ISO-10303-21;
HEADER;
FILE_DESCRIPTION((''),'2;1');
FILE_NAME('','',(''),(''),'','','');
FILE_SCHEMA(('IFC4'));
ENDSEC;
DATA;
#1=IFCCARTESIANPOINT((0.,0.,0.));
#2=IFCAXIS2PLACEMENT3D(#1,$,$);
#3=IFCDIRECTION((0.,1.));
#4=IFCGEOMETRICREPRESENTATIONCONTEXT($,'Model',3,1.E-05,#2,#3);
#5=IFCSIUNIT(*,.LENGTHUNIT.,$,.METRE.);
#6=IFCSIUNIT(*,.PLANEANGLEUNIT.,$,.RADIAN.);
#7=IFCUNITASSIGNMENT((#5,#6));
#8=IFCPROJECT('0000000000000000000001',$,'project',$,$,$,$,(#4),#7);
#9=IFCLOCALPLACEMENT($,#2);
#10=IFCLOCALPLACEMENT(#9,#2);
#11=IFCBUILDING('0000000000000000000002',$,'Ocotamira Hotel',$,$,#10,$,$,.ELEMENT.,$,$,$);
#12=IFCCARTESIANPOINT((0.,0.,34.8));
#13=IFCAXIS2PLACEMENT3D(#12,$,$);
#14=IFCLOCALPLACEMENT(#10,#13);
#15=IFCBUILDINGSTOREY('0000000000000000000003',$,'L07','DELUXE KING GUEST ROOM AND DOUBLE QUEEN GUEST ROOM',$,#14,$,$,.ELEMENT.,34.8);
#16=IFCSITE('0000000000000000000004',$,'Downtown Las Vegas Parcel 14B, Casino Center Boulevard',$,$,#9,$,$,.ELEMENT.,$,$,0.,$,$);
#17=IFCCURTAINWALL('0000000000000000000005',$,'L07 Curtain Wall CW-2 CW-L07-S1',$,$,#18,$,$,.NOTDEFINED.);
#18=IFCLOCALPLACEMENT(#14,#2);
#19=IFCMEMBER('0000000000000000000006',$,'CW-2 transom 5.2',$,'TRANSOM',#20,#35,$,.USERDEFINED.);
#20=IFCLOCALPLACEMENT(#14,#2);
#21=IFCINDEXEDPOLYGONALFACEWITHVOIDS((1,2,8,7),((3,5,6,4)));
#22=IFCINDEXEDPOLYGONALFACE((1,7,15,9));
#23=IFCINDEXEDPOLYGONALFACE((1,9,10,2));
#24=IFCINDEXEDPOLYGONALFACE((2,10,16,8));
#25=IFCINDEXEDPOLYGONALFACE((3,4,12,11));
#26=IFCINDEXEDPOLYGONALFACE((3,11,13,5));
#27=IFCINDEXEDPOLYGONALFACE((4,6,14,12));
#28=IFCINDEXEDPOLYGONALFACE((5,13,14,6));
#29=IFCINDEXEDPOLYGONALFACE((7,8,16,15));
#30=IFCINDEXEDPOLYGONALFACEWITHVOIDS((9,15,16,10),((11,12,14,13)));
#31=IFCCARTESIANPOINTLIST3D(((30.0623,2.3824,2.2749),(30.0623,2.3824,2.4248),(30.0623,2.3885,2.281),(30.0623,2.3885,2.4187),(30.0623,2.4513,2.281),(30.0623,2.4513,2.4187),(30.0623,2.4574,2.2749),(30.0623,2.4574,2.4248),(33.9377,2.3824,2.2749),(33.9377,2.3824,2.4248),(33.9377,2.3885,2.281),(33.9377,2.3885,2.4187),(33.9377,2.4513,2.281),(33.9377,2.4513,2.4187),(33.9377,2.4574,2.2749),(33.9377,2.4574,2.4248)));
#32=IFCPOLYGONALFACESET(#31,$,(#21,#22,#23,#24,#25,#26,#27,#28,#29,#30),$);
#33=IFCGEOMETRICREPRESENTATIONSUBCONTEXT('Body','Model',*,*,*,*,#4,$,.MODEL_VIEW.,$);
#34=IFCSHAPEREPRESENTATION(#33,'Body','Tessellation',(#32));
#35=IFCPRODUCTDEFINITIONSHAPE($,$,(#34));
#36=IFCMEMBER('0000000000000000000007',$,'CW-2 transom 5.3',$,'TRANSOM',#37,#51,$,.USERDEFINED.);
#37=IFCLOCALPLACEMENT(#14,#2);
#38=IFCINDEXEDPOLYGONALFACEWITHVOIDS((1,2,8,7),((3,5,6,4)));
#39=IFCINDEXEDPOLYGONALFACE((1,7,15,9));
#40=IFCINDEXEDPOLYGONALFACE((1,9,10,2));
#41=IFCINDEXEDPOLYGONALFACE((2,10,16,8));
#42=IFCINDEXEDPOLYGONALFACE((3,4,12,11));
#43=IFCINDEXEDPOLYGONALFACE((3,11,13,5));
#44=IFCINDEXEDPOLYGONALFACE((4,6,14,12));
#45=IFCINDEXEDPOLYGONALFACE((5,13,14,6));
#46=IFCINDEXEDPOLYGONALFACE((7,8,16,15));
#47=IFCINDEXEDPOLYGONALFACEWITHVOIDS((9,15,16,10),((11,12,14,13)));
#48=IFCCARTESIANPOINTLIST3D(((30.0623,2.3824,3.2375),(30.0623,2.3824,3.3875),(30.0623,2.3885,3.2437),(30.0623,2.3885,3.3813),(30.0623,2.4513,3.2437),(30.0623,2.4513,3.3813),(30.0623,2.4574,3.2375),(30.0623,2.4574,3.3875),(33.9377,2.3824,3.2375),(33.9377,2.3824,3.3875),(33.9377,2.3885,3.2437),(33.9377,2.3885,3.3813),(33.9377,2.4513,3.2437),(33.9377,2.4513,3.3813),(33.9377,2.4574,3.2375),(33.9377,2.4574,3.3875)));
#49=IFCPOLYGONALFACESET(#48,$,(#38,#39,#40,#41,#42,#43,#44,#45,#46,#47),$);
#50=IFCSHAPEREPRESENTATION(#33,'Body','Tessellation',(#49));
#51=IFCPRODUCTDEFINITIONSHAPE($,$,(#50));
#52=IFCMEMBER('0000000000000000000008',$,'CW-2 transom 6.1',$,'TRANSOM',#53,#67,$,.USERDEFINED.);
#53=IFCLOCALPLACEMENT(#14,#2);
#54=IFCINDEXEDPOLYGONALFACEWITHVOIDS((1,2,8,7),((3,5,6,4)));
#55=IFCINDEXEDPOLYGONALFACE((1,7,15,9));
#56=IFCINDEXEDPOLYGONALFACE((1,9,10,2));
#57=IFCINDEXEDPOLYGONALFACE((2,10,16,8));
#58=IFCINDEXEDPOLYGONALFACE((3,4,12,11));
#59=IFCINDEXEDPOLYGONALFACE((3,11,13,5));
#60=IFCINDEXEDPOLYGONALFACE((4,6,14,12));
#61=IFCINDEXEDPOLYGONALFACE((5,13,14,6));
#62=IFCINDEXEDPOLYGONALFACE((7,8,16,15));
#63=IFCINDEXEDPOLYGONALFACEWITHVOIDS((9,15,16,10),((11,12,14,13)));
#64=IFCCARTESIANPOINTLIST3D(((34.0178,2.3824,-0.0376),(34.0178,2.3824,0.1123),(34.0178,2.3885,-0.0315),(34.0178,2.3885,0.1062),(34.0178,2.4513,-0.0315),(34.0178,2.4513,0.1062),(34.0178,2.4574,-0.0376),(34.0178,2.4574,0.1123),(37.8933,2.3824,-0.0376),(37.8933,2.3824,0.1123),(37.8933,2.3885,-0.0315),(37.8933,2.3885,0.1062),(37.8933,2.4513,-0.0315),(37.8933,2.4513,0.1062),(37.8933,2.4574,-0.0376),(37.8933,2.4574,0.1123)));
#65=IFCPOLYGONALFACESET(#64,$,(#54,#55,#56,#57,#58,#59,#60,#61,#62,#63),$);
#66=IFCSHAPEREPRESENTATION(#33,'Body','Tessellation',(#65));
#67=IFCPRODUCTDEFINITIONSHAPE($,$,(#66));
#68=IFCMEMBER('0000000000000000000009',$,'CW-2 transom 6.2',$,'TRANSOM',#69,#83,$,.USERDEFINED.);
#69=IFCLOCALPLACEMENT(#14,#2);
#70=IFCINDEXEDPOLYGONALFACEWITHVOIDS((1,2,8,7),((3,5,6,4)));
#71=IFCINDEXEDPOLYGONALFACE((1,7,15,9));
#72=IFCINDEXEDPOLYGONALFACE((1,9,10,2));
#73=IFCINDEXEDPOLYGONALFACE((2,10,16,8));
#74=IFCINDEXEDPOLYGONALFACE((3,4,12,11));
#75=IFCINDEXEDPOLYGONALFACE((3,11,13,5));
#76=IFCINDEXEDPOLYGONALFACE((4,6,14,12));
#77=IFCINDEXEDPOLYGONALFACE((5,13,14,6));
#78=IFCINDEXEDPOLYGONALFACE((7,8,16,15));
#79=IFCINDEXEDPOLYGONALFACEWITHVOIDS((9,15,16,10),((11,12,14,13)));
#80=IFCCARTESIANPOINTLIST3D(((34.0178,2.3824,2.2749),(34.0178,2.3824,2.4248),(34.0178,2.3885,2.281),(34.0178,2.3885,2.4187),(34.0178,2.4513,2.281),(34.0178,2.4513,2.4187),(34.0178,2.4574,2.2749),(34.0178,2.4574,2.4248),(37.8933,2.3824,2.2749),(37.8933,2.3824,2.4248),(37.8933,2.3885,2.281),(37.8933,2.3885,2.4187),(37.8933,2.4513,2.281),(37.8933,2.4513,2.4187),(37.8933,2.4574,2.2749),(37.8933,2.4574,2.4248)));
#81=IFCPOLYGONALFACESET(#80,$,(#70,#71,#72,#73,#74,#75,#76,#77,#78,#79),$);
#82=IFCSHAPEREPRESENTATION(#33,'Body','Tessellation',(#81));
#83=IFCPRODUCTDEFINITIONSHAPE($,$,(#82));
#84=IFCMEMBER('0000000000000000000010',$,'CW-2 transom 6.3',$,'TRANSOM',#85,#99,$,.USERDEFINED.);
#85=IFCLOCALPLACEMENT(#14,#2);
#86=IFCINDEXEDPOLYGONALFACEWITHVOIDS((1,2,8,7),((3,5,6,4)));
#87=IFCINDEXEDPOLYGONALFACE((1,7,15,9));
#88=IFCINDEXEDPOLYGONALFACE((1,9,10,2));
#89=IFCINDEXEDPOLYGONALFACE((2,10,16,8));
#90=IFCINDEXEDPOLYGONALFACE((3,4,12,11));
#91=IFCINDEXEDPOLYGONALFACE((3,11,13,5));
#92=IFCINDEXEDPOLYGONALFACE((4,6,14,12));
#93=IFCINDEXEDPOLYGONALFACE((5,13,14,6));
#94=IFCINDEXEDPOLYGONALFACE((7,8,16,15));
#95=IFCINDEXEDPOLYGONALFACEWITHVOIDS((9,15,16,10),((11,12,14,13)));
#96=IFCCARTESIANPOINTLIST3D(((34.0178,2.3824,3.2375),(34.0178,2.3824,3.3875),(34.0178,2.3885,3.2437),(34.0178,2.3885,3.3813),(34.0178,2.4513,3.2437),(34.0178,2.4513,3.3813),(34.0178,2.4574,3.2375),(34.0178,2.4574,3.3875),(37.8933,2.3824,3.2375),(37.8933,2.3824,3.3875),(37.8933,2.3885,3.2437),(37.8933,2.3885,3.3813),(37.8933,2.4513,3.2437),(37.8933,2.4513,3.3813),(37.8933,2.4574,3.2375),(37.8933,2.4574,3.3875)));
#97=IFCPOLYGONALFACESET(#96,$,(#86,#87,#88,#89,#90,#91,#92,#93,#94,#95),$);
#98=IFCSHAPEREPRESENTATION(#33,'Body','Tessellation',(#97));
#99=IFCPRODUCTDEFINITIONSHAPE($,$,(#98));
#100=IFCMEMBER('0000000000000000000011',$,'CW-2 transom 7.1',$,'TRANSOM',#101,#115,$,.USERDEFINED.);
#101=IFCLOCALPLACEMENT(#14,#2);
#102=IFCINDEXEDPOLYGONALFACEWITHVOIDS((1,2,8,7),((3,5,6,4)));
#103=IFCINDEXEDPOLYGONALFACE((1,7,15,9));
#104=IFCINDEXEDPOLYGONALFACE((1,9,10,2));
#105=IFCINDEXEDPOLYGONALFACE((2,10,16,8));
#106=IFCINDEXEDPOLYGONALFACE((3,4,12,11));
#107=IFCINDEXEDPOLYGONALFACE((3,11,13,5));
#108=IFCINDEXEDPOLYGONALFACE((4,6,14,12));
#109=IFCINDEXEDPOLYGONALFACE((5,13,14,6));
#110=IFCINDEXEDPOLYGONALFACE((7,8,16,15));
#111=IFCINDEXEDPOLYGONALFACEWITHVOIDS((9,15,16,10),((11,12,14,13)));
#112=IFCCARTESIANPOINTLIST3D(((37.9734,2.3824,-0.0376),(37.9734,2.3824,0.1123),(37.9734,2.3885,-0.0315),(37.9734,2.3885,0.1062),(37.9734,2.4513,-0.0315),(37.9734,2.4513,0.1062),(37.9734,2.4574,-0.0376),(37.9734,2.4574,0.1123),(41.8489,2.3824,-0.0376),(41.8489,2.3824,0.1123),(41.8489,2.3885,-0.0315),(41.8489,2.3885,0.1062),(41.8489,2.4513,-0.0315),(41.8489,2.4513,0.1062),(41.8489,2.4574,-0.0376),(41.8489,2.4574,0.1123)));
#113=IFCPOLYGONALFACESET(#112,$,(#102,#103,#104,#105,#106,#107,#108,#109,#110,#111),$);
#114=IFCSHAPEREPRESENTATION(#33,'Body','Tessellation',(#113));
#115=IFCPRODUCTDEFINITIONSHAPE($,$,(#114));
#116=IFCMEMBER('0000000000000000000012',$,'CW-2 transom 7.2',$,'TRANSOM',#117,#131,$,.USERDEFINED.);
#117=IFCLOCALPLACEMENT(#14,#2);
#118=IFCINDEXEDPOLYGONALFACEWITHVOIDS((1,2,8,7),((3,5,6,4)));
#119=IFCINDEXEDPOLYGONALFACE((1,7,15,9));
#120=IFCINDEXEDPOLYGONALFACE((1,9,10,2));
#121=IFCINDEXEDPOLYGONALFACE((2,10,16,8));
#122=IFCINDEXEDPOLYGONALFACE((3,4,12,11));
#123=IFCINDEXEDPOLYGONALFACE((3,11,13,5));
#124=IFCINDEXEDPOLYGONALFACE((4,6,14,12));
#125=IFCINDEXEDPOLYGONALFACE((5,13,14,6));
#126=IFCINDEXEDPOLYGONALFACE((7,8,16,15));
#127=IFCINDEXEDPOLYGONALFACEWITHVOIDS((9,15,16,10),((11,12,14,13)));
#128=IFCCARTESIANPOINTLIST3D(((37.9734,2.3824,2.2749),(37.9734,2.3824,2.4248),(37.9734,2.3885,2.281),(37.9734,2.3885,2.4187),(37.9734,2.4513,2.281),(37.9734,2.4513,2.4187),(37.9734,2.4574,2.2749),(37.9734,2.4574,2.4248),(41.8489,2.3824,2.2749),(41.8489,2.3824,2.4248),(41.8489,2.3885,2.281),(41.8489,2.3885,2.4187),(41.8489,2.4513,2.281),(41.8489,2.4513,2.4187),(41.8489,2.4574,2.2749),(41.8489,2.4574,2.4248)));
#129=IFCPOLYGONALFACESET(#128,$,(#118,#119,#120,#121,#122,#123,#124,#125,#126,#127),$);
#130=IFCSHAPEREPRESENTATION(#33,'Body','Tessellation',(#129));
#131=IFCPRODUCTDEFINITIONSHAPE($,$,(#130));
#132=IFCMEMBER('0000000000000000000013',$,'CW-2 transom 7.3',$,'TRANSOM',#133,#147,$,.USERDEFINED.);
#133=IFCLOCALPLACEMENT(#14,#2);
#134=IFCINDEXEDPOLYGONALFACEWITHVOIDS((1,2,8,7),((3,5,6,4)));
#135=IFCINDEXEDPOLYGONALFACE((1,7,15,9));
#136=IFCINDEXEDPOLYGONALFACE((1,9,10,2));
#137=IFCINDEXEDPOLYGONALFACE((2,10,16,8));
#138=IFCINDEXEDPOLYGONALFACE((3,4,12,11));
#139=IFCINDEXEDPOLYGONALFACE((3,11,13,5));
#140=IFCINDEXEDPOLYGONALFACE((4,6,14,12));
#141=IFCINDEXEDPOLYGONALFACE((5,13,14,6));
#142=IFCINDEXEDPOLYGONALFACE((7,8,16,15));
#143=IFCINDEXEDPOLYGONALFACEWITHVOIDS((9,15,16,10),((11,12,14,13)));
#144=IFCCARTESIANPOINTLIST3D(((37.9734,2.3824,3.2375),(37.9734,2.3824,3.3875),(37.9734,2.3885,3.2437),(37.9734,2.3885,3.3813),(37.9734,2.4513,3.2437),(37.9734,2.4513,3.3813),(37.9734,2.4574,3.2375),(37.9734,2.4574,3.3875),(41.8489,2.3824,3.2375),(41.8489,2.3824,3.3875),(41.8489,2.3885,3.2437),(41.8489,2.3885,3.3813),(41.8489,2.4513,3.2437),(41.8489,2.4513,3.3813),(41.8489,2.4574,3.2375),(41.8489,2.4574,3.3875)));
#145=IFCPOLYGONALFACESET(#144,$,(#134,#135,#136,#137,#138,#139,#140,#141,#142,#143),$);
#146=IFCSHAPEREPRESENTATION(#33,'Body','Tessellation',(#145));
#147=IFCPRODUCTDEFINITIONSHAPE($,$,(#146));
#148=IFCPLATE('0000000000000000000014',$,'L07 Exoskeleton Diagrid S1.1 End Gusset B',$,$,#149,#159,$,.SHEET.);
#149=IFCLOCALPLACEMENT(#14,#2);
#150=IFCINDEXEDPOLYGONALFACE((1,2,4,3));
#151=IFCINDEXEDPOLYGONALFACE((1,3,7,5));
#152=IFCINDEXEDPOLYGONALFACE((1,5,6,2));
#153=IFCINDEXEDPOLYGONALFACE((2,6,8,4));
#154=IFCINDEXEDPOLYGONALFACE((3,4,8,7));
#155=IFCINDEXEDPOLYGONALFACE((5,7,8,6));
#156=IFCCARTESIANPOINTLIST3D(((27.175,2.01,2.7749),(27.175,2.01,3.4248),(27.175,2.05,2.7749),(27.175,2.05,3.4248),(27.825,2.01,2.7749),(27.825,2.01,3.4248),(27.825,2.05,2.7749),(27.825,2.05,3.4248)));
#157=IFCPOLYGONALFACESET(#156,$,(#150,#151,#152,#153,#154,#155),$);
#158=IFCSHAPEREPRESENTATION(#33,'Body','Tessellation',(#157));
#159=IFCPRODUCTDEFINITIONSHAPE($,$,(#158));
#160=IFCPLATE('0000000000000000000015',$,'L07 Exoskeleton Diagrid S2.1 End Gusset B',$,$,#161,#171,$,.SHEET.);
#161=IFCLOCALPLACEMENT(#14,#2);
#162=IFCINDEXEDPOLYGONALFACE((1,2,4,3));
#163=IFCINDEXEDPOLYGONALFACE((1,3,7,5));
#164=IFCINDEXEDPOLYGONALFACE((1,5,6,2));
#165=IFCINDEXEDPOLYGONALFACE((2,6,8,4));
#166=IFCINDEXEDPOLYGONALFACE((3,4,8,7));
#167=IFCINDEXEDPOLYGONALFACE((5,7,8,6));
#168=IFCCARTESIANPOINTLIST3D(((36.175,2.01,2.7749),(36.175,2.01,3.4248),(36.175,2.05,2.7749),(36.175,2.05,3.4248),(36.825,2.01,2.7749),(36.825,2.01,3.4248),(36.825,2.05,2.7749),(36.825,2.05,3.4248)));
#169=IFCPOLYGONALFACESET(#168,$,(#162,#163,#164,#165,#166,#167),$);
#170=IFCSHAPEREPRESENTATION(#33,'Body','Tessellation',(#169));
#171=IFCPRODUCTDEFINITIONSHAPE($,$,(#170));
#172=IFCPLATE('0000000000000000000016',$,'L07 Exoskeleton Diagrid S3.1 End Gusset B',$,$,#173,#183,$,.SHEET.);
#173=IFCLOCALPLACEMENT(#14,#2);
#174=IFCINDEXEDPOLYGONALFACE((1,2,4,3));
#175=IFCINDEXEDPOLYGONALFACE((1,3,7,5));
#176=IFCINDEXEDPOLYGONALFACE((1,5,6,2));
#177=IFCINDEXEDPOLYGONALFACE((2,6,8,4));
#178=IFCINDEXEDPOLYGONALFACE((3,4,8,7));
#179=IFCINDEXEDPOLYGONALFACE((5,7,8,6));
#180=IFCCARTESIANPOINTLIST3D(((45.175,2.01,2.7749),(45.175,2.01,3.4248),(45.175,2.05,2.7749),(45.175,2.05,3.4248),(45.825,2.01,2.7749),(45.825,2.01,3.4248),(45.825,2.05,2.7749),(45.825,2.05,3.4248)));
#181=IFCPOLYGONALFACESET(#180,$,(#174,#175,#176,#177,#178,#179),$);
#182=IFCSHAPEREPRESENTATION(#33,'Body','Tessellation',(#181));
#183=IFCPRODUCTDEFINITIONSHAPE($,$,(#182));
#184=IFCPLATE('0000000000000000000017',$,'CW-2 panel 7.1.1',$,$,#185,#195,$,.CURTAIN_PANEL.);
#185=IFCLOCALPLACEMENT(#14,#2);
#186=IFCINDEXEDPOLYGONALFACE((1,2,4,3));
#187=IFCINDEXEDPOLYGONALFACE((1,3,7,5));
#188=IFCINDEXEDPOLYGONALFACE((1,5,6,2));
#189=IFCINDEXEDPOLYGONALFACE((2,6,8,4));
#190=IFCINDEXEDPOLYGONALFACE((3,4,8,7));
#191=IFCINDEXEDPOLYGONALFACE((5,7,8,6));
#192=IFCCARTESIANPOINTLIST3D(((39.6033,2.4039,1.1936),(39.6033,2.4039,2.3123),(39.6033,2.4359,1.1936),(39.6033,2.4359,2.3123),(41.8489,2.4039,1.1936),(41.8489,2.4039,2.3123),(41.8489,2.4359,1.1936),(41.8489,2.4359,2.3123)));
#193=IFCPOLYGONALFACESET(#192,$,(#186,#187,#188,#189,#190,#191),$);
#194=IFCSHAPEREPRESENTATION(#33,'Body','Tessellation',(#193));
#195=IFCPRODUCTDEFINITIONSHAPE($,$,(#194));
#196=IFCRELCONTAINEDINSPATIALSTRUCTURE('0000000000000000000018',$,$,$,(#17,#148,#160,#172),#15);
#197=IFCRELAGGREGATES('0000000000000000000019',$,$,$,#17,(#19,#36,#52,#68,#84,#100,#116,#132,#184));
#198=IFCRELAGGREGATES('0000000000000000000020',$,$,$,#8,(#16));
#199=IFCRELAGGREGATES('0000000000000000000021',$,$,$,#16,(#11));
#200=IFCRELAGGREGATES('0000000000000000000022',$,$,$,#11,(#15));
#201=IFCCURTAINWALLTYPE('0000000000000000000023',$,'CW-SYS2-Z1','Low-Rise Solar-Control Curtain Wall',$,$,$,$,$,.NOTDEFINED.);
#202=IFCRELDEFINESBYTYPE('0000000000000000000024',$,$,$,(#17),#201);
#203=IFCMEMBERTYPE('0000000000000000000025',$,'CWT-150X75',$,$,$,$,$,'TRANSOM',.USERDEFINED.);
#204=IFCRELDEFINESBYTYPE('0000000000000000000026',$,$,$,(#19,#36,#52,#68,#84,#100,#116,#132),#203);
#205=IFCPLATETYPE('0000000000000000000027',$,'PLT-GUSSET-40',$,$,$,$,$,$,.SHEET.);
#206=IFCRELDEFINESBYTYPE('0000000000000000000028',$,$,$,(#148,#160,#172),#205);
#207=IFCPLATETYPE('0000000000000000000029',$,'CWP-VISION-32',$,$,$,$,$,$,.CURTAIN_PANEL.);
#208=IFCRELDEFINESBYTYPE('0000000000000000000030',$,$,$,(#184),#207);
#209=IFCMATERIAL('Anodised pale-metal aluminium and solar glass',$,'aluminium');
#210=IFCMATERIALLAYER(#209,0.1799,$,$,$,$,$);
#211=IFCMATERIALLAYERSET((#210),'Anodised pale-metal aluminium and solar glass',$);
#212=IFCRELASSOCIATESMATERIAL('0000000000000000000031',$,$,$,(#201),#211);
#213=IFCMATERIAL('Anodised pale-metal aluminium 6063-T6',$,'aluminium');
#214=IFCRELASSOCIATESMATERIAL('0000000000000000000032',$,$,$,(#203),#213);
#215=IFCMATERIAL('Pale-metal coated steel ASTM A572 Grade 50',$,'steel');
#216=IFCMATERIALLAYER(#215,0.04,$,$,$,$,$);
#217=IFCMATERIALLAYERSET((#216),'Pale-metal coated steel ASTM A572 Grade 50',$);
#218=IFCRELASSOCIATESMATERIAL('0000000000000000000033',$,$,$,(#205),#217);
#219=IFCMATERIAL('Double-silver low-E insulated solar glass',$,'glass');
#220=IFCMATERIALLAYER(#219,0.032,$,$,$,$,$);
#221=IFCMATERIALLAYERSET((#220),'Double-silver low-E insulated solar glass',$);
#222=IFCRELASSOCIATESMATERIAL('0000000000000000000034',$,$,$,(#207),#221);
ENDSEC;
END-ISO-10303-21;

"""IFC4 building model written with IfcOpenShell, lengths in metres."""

from ifc_helpers import new_model, si_unit, direction, frame, origin, origin_2d, place, context, subcontext, project, spatial, rectangle, hollow_rectangle, extrude, source, transform, mapped, material, layer, layer_set, material_profile, profile_set, type_object, element, aggregate, save


model = new_model("IFC4")

# Units and contexts
model_context = context("Model", 3, precision=1e-05, world=origin(), true_north=direction((0.0, 1.0)))
body_context = subcontext(model_context, "Body", "Model", "MODEL_VIEW")
ifc_project = project(units=[si_unit("LENGTHUNIT", "METRE"), si_unit("PLANEANGLEUNIT", "RADIAN")], contexts=[model_context])

# Site, building, storey
site_placement = place(None, origin())
site = spatial("IfcSite", under=ifc_project, at=site_placement, Name="Downtown Las Vegas Parcel 14B, Casino Center Boulevard", CompositionType="ELEMENT", RefElevation=0.0)
building_placement = place(site_placement, origin())
building = spatial("IfcBuilding", under=site, at=building_placement, Name="Ocotamira Hotel", CompositionType="ELEMENT")
storey_placement = place(building_placement, frame((0.0, 0.0, 34.8)))
storey = spatial("IfcBuildingStorey", under=building, at=storey_placement, Name="L07", Description="DELUXE KING GUEST ROOM AND DOUBLE QUEEN GUEST ROOM", CompositionType="ELEMENT", Elevation=34.8)

# Curtain wall, members
ifc_material_1 = material(Name="Anodised pale-metal aluminium and solar glass", Category="aluminium")
ifc_layer_1 = layer(ifc_material_1, 0.1799)
ifc_layer_set_1 = layer_set([ifc_layer_1], Name="Anodised pale-metal aluminium and solar glass")
curtain_wall_type = type_object("IfcCurtainWallType", Name="CW-SYS2-Z1", Description="Low-Rise Solar-Control Curtain Wall", PredefinedType="NOTDEFINED", material=ifc_layer_set_1)
curtain_wall_placement = place(storey_placement, origin())
curtain_wall = element("IfcCurtainWall", 1, at=curtain_wall_placement, inside=storey, type_object=curtain_wall_type, Name="L07 Curtain Wall CW-2 CW-L07-S1", PredefinedType="NOTDEFINED")
ifc_material_2 = material(Name="Anodised pale-metal aluminium 6063-T6", Category="aluminium")
ifc_material_profile_1 = material_profile(ifc_material_2, hollow_rectangle(XDim=0.075, YDim=0.1499, WallThickness=0.0061, at=origin_2d()), Name="HSS150X75X6")
ifc_profile_set_1 = profile_set([ifc_material_profile_1], Name="Anodised pale-metal aluminium 6063-T6")
member_type_1 = type_object("IfcMemberType", Name="CWT-150X75", ElementType="TRANSOM", PredefinedType="USERDEFINED", material=ifc_profile_set_1)
shared_shape_1 = source(origin(), body_context, "Body", "SweptSolid", [
    extrude(hollow_rectangle(XDim=0.075, YDim=0.1499, WallThickness=0.0061, at=origin_2d()), origin(), (0.0, 0.0, 1.0), 3.8755),
])
member_1_placement = place(storey_placement, frame((30.0623, 2.4199, 2.3499), z_axis=(1.0, 0.0, 0.0), x_axis=(0.0, 1.0, 0.0)))
member_1 = element("IfcMember", 2, at=member_1_placement, type_object=member_type_1, Name="CW-2 transom 5.2", ObjectType="TRANSOM", PredefinedType="USERDEFINED", context=body_context, shape_type="MappedRepresentation", body=[
    mapped(shared_shape_1, transform((0.0, 0.0, 0.0), scale=1.0)),
])
member_2_placement = place(storey_placement, frame((30.0623, 2.4199, 3.3125), z_axis=(1.0, 0.0, 0.0), x_axis=(0.0, 1.0, 0.0)))
member_2 = element("IfcMember", 3, at=member_2_placement, type_object=member_type_1, Name="CW-2 transom 5.3", ObjectType="TRANSOM", PredefinedType="USERDEFINED", context=body_context, shape_type="MappedRepresentation", body=[
    mapped(shared_shape_1, transform((0.0, 0.0, 0.0), scale=1.0)),
])
member_3_placement = place(storey_placement, frame((34.0178, 2.4199, 0.0374), z_axis=(1.0, 0.0, 0.0), x_axis=(0.0, 1.0, 0.0)))
member_3 = element("IfcMember", 4, at=member_3_placement, type_object=member_type_1, Name="CW-2 transom 6.1", ObjectType="TRANSOM", PredefinedType="USERDEFINED", context=body_context, shape_type="MappedRepresentation", body=[
    mapped(shared_shape_1, transform((0.0, 0.0, 0.0), scale=1.0)),
])
member_4_placement = place(storey_placement, frame((34.0178, 2.4199, 2.3499), z_axis=(1.0, 0.0, 0.0), x_axis=(0.0, 1.0, 0.0)))
member_4 = element("IfcMember", 5, at=member_4_placement, type_object=member_type_1, Name="CW-2 transom 6.2", ObjectType="TRANSOM", PredefinedType="USERDEFINED", context=body_context, shape_type="MappedRepresentation", body=[
    mapped(shared_shape_1, transform((0.0, 0.0, 0.0), scale=1.0)),
])
member_5_placement = place(storey_placement, frame((34.0178, 2.4199, 3.3125), z_axis=(1.0, 0.0, 0.0), x_axis=(0.0, 1.0, 0.0)))
member_5 = element("IfcMember", 6, at=member_5_placement, type_object=member_type_1, Name="CW-2 transom 6.3", ObjectType="TRANSOM", PredefinedType="USERDEFINED", context=body_context, shape_type="MappedRepresentation", body=[
    mapped(shared_shape_1, transform((0.0, 0.0, 0.0), scale=1.0)),
])
member_6_placement = place(storey_placement, frame((37.9734, 2.4199, 0.0374), z_axis=(1.0, 0.0, 0.0), x_axis=(0.0, 1.0, 0.0)))
member_6 = element("IfcMember", 7, at=member_6_placement, type_object=member_type_1, Name="CW-2 transom 7.1", ObjectType="TRANSOM", PredefinedType="USERDEFINED", context=body_context, shape_type="MappedRepresentation", body=[
    mapped(shared_shape_1, transform((0.0, 0.0, 0.0), scale=1.0)),
])
member_7_placement = place(storey_placement, frame((37.9734, 2.4199, 2.3499), z_axis=(1.0, 0.0, 0.0), x_axis=(0.0, 1.0, 0.0)))
member_7 = element("IfcMember", 8, at=member_7_placement, type_object=member_type_1, Name="CW-2 transom 7.2", ObjectType="TRANSOM", PredefinedType="USERDEFINED", context=body_context, shape_type="MappedRepresentation", body=[
    mapped(shared_shape_1, transform((0.0, 0.0, 0.0), scale=1.0)),
])
member_8_placement = place(storey_placement, frame((37.9734, 2.4199, 3.3125), z_axis=(1.0, 0.0, 0.0), x_axis=(0.0, 1.0, 0.0)))
member_8 = element("IfcMember", 9, at=member_8_placement, type_object=member_type_1, Name="CW-2 transom 7.3", ObjectType="TRANSOM", PredefinedType="USERDEFINED", context=body_context, shape_type="MappedRepresentation", body=[
    mapped(shared_shape_1, transform((0.0, 0.0, 0.0), scale=1.0)),
])

# Plates
ifc_material_3 = material(Name="Pale-metal coated steel ASTM A572 Grade 50", Category="steel")
ifc_layer_2 = layer(ifc_material_3, 0.04)
ifc_layer_set_2 = layer_set([ifc_layer_2], Name="Pale-metal coated steel ASTM A572 Grade 50")
plate_type_1 = type_object("IfcPlateType", Name="PLT-GUSSET-40", PredefinedType="SHEET", material=ifc_layer_set_2)
shared_shape_2 = source(origin(), body_context, "Body", "SweptSolid", [
    extrude(rectangle(XDim=0.6499, YDim=0.04, at=origin_2d()), origin(), (0.0, 0.0, 1.0), 0.6499),
])
for number, where, z_axis, x_axis, name in (
    (10, (27.5, 2.03, 2.7749), (0.0, 0.0, 1.0), (1.0, 0.0, 0.0), "L07 Exoskeleton Diagrid S1.1 End Gusset B"),
    (11, (36.5, 2.03, 2.7749), (0.0, 0.0, 1.0), (1.0, 0.0, 0.0), "L07 Exoskeleton Diagrid S2.1 End Gusset B"),
    (12, (45.5, 2.03, 2.7749), (0.0, 0.0, 1.0), (1.0, 0.0, 0.0), "L07 Exoskeleton Diagrid S3.1 End Gusset B"),
):
    element("IfcPlate", number, at=place(storey_placement, frame(where, z_axis=z_axis, x_axis=x_axis)), inside=storey, type_object=plate_type_1, Name=name, PredefinedType="SHEET", context=body_context, shape_type="MappedRepresentation", body=[
        mapped(shared_shape_2, transform((0.0, 0.0, 0.0), scale=1.0)),
    ])

# Plate
ifc_material_4 = material(Name="Double-silver low-E insulated solar glass", Category="glass")
ifc_layer_3 = layer(ifc_material_4, 0.032)
ifc_layer_set_3 = layer_set([ifc_layer_3], Name="Double-silver low-E insulated solar glass")
plate_type_2 = type_object("IfcPlateType", Name="CWP-VISION-32", PredefinedType="CURTAIN_PANEL", material=ifc_layer_set_3)
shared_shape_3 = source(origin(), body_context, "Body", "SweptSolid", [
    extrude(rectangle(XDim=2.2456, YDim=0.032, at=origin_2d()), origin(), (0.0, 0.0, 1.0), 1.1187),
])
plate_1_placement = place(storey_placement, frame((40.7261, 2.4199, 1.1936), z_axis=(0.0, 0.0, 1.0), x_axis=(1.0, 0.0, 0.0)))
plate_1 = element("IfcPlate", 13, at=plate_1_placement, type_object=plate_type_2, Name="CW-2 panel 7.1.1", PredefinedType="CURTAIN_PANEL", context=body_context, shape_type="MappedRepresentation", body=[
    mapped(shared_shape_3, transform((0.0, 0.0, 0.0), scale=1.0)),
])
aggregate(curtain_wall, [member_1, member_2, member_3, member_4, member_5, member_6, member_7, member_8, plate_1])

save(model, "model.ifc")
